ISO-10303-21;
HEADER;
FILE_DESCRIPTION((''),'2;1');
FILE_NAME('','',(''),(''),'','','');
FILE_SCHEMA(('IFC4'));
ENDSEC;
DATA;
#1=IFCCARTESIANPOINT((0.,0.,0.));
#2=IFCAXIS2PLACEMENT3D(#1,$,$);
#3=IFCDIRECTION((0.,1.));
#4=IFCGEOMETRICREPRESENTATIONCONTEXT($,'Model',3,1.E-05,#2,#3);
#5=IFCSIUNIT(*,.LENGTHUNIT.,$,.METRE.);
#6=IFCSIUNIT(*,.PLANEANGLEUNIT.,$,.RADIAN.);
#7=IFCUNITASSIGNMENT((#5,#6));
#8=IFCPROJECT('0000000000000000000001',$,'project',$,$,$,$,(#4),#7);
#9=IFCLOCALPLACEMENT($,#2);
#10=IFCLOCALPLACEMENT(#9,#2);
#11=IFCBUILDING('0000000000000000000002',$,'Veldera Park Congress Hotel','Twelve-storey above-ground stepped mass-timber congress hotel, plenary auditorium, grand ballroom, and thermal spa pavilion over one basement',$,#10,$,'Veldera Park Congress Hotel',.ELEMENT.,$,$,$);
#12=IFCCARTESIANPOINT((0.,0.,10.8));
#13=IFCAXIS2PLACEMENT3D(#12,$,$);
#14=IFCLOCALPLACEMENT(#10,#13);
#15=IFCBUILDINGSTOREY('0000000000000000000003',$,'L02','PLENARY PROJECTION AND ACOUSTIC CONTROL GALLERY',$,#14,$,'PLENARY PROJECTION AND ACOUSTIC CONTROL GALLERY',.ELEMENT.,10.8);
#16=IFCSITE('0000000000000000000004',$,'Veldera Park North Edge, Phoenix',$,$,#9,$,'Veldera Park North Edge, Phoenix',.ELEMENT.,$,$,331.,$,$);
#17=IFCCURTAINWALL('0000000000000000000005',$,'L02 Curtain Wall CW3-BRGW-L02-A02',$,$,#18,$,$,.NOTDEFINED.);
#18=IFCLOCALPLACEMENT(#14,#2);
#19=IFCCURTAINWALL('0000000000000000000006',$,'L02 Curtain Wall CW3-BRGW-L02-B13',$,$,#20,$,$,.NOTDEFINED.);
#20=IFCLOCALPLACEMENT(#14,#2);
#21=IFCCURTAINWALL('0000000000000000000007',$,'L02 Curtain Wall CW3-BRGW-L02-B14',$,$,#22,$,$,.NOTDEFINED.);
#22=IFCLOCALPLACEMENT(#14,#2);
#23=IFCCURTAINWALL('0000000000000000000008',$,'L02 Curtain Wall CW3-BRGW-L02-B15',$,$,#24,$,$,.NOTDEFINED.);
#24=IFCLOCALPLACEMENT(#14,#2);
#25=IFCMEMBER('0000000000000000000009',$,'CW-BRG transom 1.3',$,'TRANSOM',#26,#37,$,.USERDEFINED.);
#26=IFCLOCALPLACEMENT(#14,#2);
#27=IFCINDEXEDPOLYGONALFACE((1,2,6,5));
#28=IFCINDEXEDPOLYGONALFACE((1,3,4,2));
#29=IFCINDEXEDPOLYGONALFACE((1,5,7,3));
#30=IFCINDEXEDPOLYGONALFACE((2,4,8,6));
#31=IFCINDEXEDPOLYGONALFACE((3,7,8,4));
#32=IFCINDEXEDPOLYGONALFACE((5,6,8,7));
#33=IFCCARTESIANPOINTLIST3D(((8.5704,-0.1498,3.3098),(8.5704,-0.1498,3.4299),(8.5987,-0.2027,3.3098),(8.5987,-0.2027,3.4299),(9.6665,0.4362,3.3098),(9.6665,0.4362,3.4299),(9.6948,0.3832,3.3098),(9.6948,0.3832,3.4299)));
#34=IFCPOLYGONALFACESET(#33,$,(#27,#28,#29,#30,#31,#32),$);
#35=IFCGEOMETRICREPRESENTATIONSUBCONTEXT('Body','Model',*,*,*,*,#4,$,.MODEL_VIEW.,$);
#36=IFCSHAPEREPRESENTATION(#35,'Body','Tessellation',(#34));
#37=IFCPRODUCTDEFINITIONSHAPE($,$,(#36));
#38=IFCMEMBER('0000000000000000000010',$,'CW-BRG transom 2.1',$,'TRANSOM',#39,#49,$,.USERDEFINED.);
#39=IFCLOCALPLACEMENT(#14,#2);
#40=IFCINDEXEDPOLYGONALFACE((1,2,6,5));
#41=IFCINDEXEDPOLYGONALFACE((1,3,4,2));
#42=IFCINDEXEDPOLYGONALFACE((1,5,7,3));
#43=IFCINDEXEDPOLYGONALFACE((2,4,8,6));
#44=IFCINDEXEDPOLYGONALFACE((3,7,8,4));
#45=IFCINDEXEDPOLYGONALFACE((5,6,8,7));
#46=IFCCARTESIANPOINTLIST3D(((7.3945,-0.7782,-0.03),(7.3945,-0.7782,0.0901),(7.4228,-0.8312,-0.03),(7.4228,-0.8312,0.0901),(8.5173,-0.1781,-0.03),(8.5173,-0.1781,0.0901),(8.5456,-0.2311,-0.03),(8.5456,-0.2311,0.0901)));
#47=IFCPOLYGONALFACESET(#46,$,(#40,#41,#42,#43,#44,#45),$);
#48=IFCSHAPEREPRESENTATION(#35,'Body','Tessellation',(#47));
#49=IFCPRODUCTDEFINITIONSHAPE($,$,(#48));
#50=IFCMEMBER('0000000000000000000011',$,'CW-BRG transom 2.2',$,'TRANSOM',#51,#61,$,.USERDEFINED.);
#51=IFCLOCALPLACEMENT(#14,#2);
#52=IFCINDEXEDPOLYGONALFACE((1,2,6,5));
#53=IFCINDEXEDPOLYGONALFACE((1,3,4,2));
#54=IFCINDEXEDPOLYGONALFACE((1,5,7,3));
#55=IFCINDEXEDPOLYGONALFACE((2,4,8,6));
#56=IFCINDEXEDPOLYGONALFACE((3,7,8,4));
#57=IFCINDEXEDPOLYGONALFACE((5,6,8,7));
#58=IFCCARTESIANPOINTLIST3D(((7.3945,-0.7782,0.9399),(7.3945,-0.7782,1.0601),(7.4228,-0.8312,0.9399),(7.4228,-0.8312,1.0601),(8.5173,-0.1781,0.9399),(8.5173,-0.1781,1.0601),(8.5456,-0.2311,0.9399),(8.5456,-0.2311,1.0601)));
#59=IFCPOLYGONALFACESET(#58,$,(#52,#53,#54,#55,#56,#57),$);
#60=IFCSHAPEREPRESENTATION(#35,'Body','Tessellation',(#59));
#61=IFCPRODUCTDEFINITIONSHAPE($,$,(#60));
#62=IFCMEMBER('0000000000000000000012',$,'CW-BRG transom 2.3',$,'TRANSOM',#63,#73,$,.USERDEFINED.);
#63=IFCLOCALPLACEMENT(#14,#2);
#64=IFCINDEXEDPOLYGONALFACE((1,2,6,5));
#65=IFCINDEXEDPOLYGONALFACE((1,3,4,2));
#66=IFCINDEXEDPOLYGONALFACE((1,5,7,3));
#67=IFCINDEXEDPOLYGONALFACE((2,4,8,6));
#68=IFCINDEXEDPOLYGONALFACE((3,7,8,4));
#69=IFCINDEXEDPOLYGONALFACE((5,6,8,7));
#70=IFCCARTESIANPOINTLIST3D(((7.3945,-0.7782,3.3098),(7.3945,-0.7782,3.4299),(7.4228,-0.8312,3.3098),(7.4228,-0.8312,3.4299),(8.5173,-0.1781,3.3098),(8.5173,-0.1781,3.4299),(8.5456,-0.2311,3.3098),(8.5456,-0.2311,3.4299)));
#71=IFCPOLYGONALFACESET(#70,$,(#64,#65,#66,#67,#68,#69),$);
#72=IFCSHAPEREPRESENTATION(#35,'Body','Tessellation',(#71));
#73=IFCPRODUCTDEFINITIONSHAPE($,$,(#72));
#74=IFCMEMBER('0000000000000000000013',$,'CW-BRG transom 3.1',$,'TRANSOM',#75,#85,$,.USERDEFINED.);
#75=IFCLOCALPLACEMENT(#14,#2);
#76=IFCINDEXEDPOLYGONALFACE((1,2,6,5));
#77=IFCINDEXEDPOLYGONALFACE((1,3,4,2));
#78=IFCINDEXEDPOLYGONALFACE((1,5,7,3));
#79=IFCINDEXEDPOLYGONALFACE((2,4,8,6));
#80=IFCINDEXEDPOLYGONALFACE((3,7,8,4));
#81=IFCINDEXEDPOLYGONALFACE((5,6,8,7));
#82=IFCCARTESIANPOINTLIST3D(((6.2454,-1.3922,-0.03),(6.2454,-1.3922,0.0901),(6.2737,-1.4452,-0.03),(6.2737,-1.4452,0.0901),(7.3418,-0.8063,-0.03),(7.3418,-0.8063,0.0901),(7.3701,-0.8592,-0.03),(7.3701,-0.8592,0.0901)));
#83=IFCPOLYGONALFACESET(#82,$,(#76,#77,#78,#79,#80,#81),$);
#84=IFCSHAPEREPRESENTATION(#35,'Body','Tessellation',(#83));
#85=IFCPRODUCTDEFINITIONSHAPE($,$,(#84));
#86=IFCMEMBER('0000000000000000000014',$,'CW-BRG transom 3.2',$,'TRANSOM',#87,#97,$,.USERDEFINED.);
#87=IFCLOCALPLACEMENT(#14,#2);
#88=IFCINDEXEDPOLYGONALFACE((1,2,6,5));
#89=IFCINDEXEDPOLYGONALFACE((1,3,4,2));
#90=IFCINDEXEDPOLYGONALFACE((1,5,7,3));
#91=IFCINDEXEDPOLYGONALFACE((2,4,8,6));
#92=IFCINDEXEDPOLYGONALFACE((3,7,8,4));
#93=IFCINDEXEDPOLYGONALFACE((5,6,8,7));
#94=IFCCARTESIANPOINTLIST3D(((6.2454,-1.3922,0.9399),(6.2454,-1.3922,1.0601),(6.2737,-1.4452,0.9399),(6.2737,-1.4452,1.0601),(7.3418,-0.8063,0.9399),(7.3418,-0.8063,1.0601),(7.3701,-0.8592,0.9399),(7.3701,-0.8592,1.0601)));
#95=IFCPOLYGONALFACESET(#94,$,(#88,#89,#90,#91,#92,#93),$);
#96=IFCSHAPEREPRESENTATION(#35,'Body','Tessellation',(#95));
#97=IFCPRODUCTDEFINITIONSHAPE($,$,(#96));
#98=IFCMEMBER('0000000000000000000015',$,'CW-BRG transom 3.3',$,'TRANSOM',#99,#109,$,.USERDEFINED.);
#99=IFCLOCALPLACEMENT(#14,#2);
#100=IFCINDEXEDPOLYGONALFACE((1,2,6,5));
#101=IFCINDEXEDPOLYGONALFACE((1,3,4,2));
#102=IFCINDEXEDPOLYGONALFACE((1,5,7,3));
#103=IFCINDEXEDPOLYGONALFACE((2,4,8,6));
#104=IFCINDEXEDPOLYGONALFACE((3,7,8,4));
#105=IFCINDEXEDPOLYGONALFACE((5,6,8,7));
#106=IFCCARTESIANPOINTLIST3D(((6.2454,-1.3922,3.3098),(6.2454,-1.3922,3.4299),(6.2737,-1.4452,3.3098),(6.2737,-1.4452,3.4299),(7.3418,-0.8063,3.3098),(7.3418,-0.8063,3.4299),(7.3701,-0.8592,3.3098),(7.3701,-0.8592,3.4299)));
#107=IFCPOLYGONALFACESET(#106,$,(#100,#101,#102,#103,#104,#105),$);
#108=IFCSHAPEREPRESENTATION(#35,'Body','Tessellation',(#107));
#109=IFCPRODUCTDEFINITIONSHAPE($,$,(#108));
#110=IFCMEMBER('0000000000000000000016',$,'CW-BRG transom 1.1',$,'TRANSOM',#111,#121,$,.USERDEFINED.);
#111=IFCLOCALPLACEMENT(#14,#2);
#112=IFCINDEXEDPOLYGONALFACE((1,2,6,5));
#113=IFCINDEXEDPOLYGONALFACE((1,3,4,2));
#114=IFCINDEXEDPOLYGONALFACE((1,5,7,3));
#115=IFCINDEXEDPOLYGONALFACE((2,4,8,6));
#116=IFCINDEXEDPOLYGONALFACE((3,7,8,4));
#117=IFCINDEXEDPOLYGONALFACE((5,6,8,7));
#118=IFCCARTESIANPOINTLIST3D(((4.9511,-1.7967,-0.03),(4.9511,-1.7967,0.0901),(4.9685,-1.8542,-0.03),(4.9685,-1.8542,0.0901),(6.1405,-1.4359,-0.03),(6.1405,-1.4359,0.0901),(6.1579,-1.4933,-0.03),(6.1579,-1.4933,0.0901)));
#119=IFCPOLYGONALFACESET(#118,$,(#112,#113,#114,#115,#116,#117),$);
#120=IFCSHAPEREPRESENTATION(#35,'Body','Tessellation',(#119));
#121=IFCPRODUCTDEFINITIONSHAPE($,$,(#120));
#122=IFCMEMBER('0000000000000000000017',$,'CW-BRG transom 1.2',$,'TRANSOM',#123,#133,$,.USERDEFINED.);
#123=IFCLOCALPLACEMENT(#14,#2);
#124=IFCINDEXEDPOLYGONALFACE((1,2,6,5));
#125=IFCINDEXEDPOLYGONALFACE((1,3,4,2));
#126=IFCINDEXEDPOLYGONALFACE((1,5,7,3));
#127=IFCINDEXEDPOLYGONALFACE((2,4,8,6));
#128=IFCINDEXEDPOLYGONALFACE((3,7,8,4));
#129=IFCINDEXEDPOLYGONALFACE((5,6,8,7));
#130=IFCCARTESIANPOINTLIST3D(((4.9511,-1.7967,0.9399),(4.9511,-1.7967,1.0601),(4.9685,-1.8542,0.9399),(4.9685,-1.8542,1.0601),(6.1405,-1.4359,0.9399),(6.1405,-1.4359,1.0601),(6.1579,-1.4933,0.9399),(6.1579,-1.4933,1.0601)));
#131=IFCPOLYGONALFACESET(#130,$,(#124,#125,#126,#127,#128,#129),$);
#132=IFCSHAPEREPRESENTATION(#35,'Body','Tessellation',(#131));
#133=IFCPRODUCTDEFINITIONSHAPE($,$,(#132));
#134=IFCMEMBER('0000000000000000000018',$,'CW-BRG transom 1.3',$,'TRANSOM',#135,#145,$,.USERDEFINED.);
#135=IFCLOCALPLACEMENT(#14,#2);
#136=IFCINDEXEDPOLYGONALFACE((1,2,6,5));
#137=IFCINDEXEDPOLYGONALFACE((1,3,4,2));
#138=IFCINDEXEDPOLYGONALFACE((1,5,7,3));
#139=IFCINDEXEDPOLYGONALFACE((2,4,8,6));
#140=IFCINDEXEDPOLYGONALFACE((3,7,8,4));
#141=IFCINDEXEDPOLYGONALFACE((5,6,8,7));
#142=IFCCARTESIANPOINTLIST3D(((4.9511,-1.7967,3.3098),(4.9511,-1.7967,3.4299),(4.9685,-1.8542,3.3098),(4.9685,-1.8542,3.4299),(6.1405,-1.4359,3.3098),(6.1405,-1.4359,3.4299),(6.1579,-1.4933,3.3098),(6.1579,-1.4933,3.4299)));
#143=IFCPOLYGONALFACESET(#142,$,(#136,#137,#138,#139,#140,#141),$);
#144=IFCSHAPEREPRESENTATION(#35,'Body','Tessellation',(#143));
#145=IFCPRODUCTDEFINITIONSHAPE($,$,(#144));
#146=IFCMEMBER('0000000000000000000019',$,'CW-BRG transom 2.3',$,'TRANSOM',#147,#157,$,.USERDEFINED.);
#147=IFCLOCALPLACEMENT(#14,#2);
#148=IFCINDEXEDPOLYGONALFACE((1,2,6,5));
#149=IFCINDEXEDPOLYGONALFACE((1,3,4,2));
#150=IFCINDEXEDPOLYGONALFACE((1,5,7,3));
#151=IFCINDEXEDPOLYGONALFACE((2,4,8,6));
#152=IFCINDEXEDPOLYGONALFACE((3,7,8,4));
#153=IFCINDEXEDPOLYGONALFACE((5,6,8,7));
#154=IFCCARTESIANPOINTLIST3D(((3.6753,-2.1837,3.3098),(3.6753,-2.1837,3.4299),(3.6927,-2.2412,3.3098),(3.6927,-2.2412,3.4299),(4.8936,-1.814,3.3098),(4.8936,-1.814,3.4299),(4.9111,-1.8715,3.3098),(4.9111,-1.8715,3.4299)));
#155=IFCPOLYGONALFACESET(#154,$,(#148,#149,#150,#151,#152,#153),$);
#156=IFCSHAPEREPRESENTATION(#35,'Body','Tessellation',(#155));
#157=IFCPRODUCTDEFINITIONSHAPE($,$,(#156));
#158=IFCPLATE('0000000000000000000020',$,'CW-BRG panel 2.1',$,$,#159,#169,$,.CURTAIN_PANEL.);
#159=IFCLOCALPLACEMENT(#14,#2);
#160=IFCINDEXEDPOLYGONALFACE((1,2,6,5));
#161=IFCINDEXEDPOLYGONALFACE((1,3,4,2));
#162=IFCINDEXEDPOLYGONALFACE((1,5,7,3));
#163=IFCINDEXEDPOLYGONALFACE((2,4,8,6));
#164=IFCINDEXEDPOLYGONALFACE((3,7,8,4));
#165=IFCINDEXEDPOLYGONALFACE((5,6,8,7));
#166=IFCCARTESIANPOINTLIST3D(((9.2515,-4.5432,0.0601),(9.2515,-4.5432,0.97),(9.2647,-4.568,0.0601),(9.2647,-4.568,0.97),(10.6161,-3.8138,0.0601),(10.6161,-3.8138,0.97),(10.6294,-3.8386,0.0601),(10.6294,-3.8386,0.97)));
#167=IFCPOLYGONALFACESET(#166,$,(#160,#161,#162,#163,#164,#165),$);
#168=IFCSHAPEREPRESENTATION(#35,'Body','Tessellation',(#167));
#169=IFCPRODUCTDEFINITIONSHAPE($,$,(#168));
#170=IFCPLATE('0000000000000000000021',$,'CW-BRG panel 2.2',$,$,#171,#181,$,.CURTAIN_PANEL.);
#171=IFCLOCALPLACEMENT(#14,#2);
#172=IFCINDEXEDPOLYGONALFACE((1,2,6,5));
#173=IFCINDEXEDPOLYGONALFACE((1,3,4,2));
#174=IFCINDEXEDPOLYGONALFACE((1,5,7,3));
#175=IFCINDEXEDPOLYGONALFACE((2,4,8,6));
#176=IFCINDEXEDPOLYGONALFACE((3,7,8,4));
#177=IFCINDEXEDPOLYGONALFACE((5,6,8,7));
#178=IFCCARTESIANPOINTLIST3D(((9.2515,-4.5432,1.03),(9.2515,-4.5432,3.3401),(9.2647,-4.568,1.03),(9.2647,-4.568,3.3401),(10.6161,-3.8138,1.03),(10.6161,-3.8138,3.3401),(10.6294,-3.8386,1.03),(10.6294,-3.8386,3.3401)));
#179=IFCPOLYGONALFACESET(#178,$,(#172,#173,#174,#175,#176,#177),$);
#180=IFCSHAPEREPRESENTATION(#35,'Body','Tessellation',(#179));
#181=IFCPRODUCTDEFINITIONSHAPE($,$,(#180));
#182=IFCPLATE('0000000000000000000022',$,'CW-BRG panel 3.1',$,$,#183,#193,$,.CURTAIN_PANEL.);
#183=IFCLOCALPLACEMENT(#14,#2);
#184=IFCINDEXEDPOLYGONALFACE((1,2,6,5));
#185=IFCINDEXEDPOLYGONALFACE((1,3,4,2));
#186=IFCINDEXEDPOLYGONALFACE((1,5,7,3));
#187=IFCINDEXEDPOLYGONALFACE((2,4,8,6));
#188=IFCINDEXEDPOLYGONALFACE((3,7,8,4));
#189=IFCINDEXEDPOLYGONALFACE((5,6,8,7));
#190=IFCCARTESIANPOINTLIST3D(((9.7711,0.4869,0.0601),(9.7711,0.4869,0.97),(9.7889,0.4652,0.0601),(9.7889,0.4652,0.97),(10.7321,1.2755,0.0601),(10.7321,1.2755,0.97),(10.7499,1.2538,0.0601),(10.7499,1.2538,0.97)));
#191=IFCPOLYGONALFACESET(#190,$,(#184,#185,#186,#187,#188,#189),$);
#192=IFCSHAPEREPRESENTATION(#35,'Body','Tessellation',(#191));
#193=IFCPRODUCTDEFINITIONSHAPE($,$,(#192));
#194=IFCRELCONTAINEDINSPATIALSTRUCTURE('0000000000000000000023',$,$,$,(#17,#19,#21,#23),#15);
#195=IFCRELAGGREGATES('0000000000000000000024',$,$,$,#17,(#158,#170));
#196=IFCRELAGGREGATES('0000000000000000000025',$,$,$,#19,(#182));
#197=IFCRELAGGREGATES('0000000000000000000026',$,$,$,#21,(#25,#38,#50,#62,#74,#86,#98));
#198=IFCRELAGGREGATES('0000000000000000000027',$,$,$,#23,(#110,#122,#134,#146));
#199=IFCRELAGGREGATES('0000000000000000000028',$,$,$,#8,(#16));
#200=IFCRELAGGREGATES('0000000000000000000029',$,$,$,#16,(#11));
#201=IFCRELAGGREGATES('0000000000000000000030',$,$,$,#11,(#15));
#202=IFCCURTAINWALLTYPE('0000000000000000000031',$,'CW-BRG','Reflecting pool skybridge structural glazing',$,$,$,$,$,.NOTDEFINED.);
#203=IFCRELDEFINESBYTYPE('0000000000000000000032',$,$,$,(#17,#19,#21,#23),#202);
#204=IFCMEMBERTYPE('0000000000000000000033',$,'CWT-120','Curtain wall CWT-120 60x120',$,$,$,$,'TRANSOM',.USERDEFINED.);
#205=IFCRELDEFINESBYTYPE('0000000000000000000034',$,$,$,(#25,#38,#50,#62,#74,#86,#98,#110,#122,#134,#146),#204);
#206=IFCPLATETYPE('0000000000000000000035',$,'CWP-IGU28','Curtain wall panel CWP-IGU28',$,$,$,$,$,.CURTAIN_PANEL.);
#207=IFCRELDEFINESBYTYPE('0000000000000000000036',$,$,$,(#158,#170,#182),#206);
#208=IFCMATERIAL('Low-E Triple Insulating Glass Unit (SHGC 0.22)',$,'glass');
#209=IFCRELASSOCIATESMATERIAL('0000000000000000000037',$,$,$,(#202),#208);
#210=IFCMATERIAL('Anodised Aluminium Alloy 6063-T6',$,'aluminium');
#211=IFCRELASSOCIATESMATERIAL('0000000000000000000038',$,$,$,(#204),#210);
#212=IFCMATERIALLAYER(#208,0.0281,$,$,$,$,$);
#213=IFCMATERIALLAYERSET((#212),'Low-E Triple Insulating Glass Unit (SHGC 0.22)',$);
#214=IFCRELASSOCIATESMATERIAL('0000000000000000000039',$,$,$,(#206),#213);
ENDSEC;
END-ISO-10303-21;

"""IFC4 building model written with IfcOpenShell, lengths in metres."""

from ifc_helpers import new_model, si_unit, direction, frame, origin, origin_2d, place, context, subcontext, project, spatial, rectangle, extrude, material, layer, layer_set, material_profile, profile_set, type_object, element, aggregate, save


model = new_model("IFC4")

# Units and contexts
model_context = context("Model", 3, precision=1e-05, world=origin(), true_north=direction((0.0, 1.0)))
body_context = subcontext(model_context, "Body", "Model", "MODEL_VIEW")
ifc_project = project(units=[si_unit("LENGTHUNIT", "METRE"), si_unit("PLANEANGLEUNIT", "RADIAN")], contexts=[model_context])

# Site, building, storey
site_placement = place(None, origin())
site = spatial("IfcSite", under=ifc_project, at=site_placement, Name="Veldera Park North Edge, Phoenix", LongName="Veldera Park North Edge, Phoenix", CompositionType="ELEMENT", RefElevation=331.0)
building_placement = place(site_placement, origin())
building = spatial("IfcBuilding", under=site, at=building_placement, Name="Veldera Park Congress Hotel", Description="Twelve-storey above-ground stepped mass-timber congress hotel, plenary auditorium, grand ballroom, and thermal spa pavilion over one basement", LongName="Veldera Park Congress Hotel", CompositionType="ELEMENT")
storey_placement = place(building_placement, frame((0.0, 0.0, 10.8)))
storey = spatial("IfcBuildingStorey", under=building, at=storey_placement, Name="L02", Description="PLENARY PROJECTION AND ACOUSTIC CONTROL GALLERY", LongName="PLENARY PROJECTION AND ACOUSTIC CONTROL GALLERY", CompositionType="ELEMENT", Elevation=10.8)

# Curtain walls
ifc_material_1 = material(Name="Low-E Triple Insulating Glass Unit (SHGC 0.22)", Category="glass")
curtain_wall_type = type_object("IfcCurtainWallType", Name="CW-BRG", Description="Reflecting pool skybridge structural glazing", PredefinedType="NOTDEFINED", material=ifc_material_1)
curtain_wall_1_placement = place(storey_placement, origin())
curtain_wall_1 = element("IfcCurtainWall", 1, at=curtain_wall_1_placement, inside=storey, type_object=curtain_wall_type, Name="L02 Curtain Wall CW3-BRGW-L02-A02", PredefinedType="NOTDEFINED")
ifc_material_2 = material(Name="Anodised Aluminium Alloy 6063-T6", Category="aluminium")
curtain_wall_2_placement = place(storey_placement, origin())
curtain_wall_2 = element("IfcCurtainWall", 2, at=curtain_wall_2_placement, inside=storey, type_object=curtain_wall_type, Name="L02 Curtain Wall CW3-BRGW-L02-B13", PredefinedType="NOTDEFINED")

# Curtain walls
curtain_wall_3_placement = place(storey_placement, origin())
curtain_wall_3 = element("IfcCurtainWall", 3, at=curtain_wall_3_placement, inside=storey, type_object=curtain_wall_type, Name="L02 Curtain Wall CW3-BRGW-L02-B14", PredefinedType="NOTDEFINED")
curtain_wall_4_placement = place(storey_placement, origin())
curtain_wall_4 = element("IfcCurtainWall", 4, at=curtain_wall_4_placement, inside=storey, type_object=curtain_wall_type, Name="L02 Curtain Wall CW3-BRGW-L02-B15", PredefinedType="NOTDEFINED")

# Members
ifc_material_profile_1 = material_profile(ifc_material_2, rectangle(XDim=0.0601, YDim=0.1201, at=origin_2d()), Name="ALU 60x120")
ifc_profile_set_1 = profile_set([ifc_material_profile_1], Name="Anodised Aluminium Alloy 6063-T6")
member_type_1 = type_object("IfcMemberType", Name="CWT-120", Description="Curtain wall CWT-120 60x120", ElementType="TRANSOM", PredefinedType="USERDEFINED", material=ifc_profile_set_1)
member_1_placement = place(storey_placement, frame((9.6807, 0.4097, 3.3699), z_axis=(-0.881918, -0.471404, 0.0), x_axis=(0.471404, -0.881918, 0.0)))
member_1 = element("IfcMember", 5, at=member_1_placement, type_object=member_type_1, Name="CW-BRG transom 1.3", ObjectType="TRANSOM", PredefinedType="USERDEFINED", context=body_context, shape_type="SweptSolid", body=[
    extrude(rectangle(XDim=0.0601, YDim=0.1201, at=origin_2d()), origin(), (0.0, 0.0, 1.0), 1.2429),
])
member_2_placement = place(storey_placement, frame((8.5315, -0.2046, 0.03), z_axis=(-0.881939, -0.471364, 0.0), x_axis=(0.471364, -0.881939, 0.0)))
member_2 = element("IfcMember", 6, at=member_2_placement, type_object=member_type_1, Name="CW-BRG transom 2.1", ObjectType="TRANSOM", PredefinedType="USERDEFINED", context=body_context, shape_type="SweptSolid", body=[
    extrude(rectangle(XDim=0.0601, YDim=0.1201, at=origin_2d()), origin(), (0.0, 0.0, 1.0), 1.2732),
])
member_3_placement = place(storey_placement, frame((8.5315, -0.2046, 1.0), z_axis=(-0.881939, -0.471364, 0.0), x_axis=(0.471364, -0.881939, 0.0)))
member_3 = element("IfcMember", 7, at=member_3_placement, type_object=member_type_1, Name="CW-BRG transom 2.2", ObjectType="TRANSOM", PredefinedType="USERDEFINED", context=body_context, shape_type="SweptSolid", body=[
    extrude(rectangle(XDim=0.0601, YDim=0.1201, at=origin_2d()), origin(), (0.0, 0.0, 1.0), 1.2732),
])
member_4_placement = place(storey_placement, frame((8.5315, -0.2046, 3.3699), z_axis=(-0.881939, -0.471364, 0.0), x_axis=(0.471364, -0.881939, 0.0)))
member_4 = element("IfcMember", 8, at=member_4_placement, type_object=member_type_1, Name="CW-BRG transom 2.3", ObjectType="TRANSOM", PredefinedType="USERDEFINED", context=body_context, shape_type="SweptSolid", body=[
    extrude(rectangle(XDim=0.0601, YDim=0.1201, at=origin_2d()), origin(), (0.0, 0.0, 1.0), 1.2732),
])
member_5_placement = place(storey_placement, frame((7.356, -0.8328, 0.03), z_axis=(-0.881961, -0.471322, 0.0), x_axis=(0.471322, -0.881961, 0.0)))
member_5 = element("IfcMember", 9, at=member_5_placement, type_object=member_type_1, Name="CW-BRG transom 3.1", ObjectType="TRANSOM", PredefinedType="USERDEFINED", context=body_context, shape_type="SweptSolid", body=[
    extrude(rectangle(XDim=0.0601, YDim=0.1201, at=origin_2d()), origin(), (0.0, 0.0, 1.0), 1.2432),
])
member_6_placement = place(storey_placement, frame((7.356, -0.8328, 1.0), z_axis=(-0.881961, -0.471322, 0.0), x_axis=(0.471322, -0.881961, 0.0)))
member_6 = element("IfcMember", 10, at=member_6_placement, type_object=member_type_1, Name="CW-BRG transom 3.2", ObjectType="TRANSOM", PredefinedType="USERDEFINED", context=body_context, shape_type="SweptSolid", body=[
    extrude(rectangle(XDim=0.0601, YDim=0.1201, at=origin_2d()), origin(), (0.0, 0.0, 1.0), 1.2432),
])
member_7_placement = place(storey_placement, frame((7.356, -0.8328, 3.3699), z_axis=(-0.881961, -0.471322, 0.0), x_axis=(0.471322, -0.881961, 0.0)))
member_7 = element("IfcMember", 11, at=member_7_placement, type_object=member_type_1, Name="CW-BRG transom 3.3", ObjectType="TRANSOM", PredefinedType="USERDEFINED", context=body_context, shape_type="SweptSolid", body=[
    extrude(rectangle(XDim=0.0601, YDim=0.1201, at=origin_2d()), origin(), (0.0, 0.0, 1.0), 1.2432),
])
member_8_placement = place(storey_placement, frame((6.1492, -1.4646, 0.03), z_axis=(-0.956935, -0.290302, 0.0), x_axis=(0.290302, -0.956935, 0.0)))
member_8 = element("IfcMember", 12, at=member_8_placement, type_object=member_type_1, Name="CW-BRG transom 1.1", ObjectType="TRANSOM", PredefinedType="USERDEFINED", context=body_context, shape_type="SweptSolid", body=[
    extrude(rectangle(XDim=0.0601, YDim=0.1201, at=origin_2d()), origin(), (0.0, 0.0, 1.0), 1.2429),
])
member_9_placement = place(storey_placement, frame((6.1492, -1.4646, 1.0), z_axis=(-0.956935, -0.290302, 0.0), x_axis=(0.290302, -0.956935, 0.0)))
member_9 = element("IfcMember", 13, at=member_9_placement, type_object=member_type_1, Name="CW-BRG transom 1.2", ObjectType="TRANSOM", PredefinedType="USERDEFINED", context=body_context, shape_type="SweptSolid", body=[
    extrude(rectangle(XDim=0.0601, YDim=0.1201, at=origin_2d()), origin(), (0.0, 0.0, 1.0), 1.2429),
])
member_10_placement = place(storey_placement, frame((6.1492, -1.4646, 3.3699), z_axis=(-0.956935, -0.290302, 0.0), x_axis=(0.290302, -0.956935, 0.0)))
member_10 = element("IfcMember", 14, at=member_10_placement, type_object=member_type_1, Name="CW-BRG transom 1.3", ObjectType="TRANSOM", PredefinedType="USERDEFINED", context=body_context, shape_type="SweptSolid", body=[
    extrude(rectangle(XDim=0.0601, YDim=0.1201, at=origin_2d()), origin(), (0.0, 0.0, 1.0), 1.2429),
])
member_11_placement = place(storey_placement, frame((4.9023, -1.8428, 3.3699), z_axis=(-0.956924, -0.290337, 0.0), x_axis=(0.290337, -0.956924, 0.0)))
member_11 = element("IfcMember", 15, at=member_11_placement, type_object=member_type_1, Name="CW-BRG transom 2.3", ObjectType="TRANSOM", PredefinedType="USERDEFINED", context=body_context, shape_type="SweptSolid", body=[
    extrude(rectangle(XDim=0.0601, YDim=0.1201, at=origin_2d()), origin(), (0.0, 0.0, 1.0), 1.2732),
])

# Plates
ifc_layer = layer(ifc_material_1, 0.0281)
ifc_layer_set = layer_set([ifc_layer], Name="Low-E Triple Insulating Glass Unit (SHGC 0.22)")
plate_type = type_object("IfcPlateType", Name="CWP-IGU28", Description="Curtain wall panel CWP-IGU28", PredefinedType="CURTAIN_PANEL", material=ifc_layer_set)
plate_1_placement = place(storey_placement, frame((9.9404, -4.1909, 0.0601), z_axis=(0.0, 0.0, 1.0), x_axis=(0.881928, 0.471385, 0.0)))
plate_1 = element("IfcPlate", 16, at=plate_1_placement, type_object=plate_type, Name="CW-BRG panel 2.1", PredefinedType="CURTAIN_PANEL", context=body_context, shape_type="SweptSolid", body=[
    extrude(rectangle(XDim=1.5474, YDim=0.0281, at=origin_2d()), origin(), (0.0, 0.0, 1.0), 0.9099),
])
plate_2_placement = place(storey_placement, frame((9.9404, -4.1909, 1.03), z_axis=(0.0, 0.0, 1.0), x_axis=(0.881928, 0.471385, 0.0)))
plate_2 = element("IfcPlate", 17, at=plate_2_placement, type_object=plate_type, Name="CW-BRG panel 2.2", PredefinedType="CURTAIN_PANEL", context=body_context, shape_type="SweptSolid", body=[
    extrude(rectangle(XDim=1.5474, YDim=0.0281, at=origin_2d()), origin(), (0.0, 0.0, 1.0), 2.3101),
])
aggregate(curtain_wall_1, [plate_1, plate_2])
plate_3_placement = place(storey_placement, frame((10.2605, 0.8704, 0.0601), z_axis=(0.0, 0.0, 1.0), x_axis=(-0.773016, -0.634386, 0.0)))
plate_3 = element("IfcPlate", 18, at=plate_3_placement, type_object=plate_type, Name="CW-BRG panel 3.1", PredefinedType="CURTAIN_PANEL", context=body_context, shape_type="SweptSolid", body=[
    extrude(rectangle(XDim=1.2432, YDim=0.0281, at=origin_2d()), origin(), (0.0, 0.0, 1.0), 0.9099),
])
aggregate(curtain_wall_2, [plate_3])
aggregate(curtain_wall_3, [member_1, member_2, member_3, member_4, member_5, member_6, member_7])
aggregate(curtain_wall_4, [member_8, member_9, member_10, member_11])

save(model, "model.ifc")
